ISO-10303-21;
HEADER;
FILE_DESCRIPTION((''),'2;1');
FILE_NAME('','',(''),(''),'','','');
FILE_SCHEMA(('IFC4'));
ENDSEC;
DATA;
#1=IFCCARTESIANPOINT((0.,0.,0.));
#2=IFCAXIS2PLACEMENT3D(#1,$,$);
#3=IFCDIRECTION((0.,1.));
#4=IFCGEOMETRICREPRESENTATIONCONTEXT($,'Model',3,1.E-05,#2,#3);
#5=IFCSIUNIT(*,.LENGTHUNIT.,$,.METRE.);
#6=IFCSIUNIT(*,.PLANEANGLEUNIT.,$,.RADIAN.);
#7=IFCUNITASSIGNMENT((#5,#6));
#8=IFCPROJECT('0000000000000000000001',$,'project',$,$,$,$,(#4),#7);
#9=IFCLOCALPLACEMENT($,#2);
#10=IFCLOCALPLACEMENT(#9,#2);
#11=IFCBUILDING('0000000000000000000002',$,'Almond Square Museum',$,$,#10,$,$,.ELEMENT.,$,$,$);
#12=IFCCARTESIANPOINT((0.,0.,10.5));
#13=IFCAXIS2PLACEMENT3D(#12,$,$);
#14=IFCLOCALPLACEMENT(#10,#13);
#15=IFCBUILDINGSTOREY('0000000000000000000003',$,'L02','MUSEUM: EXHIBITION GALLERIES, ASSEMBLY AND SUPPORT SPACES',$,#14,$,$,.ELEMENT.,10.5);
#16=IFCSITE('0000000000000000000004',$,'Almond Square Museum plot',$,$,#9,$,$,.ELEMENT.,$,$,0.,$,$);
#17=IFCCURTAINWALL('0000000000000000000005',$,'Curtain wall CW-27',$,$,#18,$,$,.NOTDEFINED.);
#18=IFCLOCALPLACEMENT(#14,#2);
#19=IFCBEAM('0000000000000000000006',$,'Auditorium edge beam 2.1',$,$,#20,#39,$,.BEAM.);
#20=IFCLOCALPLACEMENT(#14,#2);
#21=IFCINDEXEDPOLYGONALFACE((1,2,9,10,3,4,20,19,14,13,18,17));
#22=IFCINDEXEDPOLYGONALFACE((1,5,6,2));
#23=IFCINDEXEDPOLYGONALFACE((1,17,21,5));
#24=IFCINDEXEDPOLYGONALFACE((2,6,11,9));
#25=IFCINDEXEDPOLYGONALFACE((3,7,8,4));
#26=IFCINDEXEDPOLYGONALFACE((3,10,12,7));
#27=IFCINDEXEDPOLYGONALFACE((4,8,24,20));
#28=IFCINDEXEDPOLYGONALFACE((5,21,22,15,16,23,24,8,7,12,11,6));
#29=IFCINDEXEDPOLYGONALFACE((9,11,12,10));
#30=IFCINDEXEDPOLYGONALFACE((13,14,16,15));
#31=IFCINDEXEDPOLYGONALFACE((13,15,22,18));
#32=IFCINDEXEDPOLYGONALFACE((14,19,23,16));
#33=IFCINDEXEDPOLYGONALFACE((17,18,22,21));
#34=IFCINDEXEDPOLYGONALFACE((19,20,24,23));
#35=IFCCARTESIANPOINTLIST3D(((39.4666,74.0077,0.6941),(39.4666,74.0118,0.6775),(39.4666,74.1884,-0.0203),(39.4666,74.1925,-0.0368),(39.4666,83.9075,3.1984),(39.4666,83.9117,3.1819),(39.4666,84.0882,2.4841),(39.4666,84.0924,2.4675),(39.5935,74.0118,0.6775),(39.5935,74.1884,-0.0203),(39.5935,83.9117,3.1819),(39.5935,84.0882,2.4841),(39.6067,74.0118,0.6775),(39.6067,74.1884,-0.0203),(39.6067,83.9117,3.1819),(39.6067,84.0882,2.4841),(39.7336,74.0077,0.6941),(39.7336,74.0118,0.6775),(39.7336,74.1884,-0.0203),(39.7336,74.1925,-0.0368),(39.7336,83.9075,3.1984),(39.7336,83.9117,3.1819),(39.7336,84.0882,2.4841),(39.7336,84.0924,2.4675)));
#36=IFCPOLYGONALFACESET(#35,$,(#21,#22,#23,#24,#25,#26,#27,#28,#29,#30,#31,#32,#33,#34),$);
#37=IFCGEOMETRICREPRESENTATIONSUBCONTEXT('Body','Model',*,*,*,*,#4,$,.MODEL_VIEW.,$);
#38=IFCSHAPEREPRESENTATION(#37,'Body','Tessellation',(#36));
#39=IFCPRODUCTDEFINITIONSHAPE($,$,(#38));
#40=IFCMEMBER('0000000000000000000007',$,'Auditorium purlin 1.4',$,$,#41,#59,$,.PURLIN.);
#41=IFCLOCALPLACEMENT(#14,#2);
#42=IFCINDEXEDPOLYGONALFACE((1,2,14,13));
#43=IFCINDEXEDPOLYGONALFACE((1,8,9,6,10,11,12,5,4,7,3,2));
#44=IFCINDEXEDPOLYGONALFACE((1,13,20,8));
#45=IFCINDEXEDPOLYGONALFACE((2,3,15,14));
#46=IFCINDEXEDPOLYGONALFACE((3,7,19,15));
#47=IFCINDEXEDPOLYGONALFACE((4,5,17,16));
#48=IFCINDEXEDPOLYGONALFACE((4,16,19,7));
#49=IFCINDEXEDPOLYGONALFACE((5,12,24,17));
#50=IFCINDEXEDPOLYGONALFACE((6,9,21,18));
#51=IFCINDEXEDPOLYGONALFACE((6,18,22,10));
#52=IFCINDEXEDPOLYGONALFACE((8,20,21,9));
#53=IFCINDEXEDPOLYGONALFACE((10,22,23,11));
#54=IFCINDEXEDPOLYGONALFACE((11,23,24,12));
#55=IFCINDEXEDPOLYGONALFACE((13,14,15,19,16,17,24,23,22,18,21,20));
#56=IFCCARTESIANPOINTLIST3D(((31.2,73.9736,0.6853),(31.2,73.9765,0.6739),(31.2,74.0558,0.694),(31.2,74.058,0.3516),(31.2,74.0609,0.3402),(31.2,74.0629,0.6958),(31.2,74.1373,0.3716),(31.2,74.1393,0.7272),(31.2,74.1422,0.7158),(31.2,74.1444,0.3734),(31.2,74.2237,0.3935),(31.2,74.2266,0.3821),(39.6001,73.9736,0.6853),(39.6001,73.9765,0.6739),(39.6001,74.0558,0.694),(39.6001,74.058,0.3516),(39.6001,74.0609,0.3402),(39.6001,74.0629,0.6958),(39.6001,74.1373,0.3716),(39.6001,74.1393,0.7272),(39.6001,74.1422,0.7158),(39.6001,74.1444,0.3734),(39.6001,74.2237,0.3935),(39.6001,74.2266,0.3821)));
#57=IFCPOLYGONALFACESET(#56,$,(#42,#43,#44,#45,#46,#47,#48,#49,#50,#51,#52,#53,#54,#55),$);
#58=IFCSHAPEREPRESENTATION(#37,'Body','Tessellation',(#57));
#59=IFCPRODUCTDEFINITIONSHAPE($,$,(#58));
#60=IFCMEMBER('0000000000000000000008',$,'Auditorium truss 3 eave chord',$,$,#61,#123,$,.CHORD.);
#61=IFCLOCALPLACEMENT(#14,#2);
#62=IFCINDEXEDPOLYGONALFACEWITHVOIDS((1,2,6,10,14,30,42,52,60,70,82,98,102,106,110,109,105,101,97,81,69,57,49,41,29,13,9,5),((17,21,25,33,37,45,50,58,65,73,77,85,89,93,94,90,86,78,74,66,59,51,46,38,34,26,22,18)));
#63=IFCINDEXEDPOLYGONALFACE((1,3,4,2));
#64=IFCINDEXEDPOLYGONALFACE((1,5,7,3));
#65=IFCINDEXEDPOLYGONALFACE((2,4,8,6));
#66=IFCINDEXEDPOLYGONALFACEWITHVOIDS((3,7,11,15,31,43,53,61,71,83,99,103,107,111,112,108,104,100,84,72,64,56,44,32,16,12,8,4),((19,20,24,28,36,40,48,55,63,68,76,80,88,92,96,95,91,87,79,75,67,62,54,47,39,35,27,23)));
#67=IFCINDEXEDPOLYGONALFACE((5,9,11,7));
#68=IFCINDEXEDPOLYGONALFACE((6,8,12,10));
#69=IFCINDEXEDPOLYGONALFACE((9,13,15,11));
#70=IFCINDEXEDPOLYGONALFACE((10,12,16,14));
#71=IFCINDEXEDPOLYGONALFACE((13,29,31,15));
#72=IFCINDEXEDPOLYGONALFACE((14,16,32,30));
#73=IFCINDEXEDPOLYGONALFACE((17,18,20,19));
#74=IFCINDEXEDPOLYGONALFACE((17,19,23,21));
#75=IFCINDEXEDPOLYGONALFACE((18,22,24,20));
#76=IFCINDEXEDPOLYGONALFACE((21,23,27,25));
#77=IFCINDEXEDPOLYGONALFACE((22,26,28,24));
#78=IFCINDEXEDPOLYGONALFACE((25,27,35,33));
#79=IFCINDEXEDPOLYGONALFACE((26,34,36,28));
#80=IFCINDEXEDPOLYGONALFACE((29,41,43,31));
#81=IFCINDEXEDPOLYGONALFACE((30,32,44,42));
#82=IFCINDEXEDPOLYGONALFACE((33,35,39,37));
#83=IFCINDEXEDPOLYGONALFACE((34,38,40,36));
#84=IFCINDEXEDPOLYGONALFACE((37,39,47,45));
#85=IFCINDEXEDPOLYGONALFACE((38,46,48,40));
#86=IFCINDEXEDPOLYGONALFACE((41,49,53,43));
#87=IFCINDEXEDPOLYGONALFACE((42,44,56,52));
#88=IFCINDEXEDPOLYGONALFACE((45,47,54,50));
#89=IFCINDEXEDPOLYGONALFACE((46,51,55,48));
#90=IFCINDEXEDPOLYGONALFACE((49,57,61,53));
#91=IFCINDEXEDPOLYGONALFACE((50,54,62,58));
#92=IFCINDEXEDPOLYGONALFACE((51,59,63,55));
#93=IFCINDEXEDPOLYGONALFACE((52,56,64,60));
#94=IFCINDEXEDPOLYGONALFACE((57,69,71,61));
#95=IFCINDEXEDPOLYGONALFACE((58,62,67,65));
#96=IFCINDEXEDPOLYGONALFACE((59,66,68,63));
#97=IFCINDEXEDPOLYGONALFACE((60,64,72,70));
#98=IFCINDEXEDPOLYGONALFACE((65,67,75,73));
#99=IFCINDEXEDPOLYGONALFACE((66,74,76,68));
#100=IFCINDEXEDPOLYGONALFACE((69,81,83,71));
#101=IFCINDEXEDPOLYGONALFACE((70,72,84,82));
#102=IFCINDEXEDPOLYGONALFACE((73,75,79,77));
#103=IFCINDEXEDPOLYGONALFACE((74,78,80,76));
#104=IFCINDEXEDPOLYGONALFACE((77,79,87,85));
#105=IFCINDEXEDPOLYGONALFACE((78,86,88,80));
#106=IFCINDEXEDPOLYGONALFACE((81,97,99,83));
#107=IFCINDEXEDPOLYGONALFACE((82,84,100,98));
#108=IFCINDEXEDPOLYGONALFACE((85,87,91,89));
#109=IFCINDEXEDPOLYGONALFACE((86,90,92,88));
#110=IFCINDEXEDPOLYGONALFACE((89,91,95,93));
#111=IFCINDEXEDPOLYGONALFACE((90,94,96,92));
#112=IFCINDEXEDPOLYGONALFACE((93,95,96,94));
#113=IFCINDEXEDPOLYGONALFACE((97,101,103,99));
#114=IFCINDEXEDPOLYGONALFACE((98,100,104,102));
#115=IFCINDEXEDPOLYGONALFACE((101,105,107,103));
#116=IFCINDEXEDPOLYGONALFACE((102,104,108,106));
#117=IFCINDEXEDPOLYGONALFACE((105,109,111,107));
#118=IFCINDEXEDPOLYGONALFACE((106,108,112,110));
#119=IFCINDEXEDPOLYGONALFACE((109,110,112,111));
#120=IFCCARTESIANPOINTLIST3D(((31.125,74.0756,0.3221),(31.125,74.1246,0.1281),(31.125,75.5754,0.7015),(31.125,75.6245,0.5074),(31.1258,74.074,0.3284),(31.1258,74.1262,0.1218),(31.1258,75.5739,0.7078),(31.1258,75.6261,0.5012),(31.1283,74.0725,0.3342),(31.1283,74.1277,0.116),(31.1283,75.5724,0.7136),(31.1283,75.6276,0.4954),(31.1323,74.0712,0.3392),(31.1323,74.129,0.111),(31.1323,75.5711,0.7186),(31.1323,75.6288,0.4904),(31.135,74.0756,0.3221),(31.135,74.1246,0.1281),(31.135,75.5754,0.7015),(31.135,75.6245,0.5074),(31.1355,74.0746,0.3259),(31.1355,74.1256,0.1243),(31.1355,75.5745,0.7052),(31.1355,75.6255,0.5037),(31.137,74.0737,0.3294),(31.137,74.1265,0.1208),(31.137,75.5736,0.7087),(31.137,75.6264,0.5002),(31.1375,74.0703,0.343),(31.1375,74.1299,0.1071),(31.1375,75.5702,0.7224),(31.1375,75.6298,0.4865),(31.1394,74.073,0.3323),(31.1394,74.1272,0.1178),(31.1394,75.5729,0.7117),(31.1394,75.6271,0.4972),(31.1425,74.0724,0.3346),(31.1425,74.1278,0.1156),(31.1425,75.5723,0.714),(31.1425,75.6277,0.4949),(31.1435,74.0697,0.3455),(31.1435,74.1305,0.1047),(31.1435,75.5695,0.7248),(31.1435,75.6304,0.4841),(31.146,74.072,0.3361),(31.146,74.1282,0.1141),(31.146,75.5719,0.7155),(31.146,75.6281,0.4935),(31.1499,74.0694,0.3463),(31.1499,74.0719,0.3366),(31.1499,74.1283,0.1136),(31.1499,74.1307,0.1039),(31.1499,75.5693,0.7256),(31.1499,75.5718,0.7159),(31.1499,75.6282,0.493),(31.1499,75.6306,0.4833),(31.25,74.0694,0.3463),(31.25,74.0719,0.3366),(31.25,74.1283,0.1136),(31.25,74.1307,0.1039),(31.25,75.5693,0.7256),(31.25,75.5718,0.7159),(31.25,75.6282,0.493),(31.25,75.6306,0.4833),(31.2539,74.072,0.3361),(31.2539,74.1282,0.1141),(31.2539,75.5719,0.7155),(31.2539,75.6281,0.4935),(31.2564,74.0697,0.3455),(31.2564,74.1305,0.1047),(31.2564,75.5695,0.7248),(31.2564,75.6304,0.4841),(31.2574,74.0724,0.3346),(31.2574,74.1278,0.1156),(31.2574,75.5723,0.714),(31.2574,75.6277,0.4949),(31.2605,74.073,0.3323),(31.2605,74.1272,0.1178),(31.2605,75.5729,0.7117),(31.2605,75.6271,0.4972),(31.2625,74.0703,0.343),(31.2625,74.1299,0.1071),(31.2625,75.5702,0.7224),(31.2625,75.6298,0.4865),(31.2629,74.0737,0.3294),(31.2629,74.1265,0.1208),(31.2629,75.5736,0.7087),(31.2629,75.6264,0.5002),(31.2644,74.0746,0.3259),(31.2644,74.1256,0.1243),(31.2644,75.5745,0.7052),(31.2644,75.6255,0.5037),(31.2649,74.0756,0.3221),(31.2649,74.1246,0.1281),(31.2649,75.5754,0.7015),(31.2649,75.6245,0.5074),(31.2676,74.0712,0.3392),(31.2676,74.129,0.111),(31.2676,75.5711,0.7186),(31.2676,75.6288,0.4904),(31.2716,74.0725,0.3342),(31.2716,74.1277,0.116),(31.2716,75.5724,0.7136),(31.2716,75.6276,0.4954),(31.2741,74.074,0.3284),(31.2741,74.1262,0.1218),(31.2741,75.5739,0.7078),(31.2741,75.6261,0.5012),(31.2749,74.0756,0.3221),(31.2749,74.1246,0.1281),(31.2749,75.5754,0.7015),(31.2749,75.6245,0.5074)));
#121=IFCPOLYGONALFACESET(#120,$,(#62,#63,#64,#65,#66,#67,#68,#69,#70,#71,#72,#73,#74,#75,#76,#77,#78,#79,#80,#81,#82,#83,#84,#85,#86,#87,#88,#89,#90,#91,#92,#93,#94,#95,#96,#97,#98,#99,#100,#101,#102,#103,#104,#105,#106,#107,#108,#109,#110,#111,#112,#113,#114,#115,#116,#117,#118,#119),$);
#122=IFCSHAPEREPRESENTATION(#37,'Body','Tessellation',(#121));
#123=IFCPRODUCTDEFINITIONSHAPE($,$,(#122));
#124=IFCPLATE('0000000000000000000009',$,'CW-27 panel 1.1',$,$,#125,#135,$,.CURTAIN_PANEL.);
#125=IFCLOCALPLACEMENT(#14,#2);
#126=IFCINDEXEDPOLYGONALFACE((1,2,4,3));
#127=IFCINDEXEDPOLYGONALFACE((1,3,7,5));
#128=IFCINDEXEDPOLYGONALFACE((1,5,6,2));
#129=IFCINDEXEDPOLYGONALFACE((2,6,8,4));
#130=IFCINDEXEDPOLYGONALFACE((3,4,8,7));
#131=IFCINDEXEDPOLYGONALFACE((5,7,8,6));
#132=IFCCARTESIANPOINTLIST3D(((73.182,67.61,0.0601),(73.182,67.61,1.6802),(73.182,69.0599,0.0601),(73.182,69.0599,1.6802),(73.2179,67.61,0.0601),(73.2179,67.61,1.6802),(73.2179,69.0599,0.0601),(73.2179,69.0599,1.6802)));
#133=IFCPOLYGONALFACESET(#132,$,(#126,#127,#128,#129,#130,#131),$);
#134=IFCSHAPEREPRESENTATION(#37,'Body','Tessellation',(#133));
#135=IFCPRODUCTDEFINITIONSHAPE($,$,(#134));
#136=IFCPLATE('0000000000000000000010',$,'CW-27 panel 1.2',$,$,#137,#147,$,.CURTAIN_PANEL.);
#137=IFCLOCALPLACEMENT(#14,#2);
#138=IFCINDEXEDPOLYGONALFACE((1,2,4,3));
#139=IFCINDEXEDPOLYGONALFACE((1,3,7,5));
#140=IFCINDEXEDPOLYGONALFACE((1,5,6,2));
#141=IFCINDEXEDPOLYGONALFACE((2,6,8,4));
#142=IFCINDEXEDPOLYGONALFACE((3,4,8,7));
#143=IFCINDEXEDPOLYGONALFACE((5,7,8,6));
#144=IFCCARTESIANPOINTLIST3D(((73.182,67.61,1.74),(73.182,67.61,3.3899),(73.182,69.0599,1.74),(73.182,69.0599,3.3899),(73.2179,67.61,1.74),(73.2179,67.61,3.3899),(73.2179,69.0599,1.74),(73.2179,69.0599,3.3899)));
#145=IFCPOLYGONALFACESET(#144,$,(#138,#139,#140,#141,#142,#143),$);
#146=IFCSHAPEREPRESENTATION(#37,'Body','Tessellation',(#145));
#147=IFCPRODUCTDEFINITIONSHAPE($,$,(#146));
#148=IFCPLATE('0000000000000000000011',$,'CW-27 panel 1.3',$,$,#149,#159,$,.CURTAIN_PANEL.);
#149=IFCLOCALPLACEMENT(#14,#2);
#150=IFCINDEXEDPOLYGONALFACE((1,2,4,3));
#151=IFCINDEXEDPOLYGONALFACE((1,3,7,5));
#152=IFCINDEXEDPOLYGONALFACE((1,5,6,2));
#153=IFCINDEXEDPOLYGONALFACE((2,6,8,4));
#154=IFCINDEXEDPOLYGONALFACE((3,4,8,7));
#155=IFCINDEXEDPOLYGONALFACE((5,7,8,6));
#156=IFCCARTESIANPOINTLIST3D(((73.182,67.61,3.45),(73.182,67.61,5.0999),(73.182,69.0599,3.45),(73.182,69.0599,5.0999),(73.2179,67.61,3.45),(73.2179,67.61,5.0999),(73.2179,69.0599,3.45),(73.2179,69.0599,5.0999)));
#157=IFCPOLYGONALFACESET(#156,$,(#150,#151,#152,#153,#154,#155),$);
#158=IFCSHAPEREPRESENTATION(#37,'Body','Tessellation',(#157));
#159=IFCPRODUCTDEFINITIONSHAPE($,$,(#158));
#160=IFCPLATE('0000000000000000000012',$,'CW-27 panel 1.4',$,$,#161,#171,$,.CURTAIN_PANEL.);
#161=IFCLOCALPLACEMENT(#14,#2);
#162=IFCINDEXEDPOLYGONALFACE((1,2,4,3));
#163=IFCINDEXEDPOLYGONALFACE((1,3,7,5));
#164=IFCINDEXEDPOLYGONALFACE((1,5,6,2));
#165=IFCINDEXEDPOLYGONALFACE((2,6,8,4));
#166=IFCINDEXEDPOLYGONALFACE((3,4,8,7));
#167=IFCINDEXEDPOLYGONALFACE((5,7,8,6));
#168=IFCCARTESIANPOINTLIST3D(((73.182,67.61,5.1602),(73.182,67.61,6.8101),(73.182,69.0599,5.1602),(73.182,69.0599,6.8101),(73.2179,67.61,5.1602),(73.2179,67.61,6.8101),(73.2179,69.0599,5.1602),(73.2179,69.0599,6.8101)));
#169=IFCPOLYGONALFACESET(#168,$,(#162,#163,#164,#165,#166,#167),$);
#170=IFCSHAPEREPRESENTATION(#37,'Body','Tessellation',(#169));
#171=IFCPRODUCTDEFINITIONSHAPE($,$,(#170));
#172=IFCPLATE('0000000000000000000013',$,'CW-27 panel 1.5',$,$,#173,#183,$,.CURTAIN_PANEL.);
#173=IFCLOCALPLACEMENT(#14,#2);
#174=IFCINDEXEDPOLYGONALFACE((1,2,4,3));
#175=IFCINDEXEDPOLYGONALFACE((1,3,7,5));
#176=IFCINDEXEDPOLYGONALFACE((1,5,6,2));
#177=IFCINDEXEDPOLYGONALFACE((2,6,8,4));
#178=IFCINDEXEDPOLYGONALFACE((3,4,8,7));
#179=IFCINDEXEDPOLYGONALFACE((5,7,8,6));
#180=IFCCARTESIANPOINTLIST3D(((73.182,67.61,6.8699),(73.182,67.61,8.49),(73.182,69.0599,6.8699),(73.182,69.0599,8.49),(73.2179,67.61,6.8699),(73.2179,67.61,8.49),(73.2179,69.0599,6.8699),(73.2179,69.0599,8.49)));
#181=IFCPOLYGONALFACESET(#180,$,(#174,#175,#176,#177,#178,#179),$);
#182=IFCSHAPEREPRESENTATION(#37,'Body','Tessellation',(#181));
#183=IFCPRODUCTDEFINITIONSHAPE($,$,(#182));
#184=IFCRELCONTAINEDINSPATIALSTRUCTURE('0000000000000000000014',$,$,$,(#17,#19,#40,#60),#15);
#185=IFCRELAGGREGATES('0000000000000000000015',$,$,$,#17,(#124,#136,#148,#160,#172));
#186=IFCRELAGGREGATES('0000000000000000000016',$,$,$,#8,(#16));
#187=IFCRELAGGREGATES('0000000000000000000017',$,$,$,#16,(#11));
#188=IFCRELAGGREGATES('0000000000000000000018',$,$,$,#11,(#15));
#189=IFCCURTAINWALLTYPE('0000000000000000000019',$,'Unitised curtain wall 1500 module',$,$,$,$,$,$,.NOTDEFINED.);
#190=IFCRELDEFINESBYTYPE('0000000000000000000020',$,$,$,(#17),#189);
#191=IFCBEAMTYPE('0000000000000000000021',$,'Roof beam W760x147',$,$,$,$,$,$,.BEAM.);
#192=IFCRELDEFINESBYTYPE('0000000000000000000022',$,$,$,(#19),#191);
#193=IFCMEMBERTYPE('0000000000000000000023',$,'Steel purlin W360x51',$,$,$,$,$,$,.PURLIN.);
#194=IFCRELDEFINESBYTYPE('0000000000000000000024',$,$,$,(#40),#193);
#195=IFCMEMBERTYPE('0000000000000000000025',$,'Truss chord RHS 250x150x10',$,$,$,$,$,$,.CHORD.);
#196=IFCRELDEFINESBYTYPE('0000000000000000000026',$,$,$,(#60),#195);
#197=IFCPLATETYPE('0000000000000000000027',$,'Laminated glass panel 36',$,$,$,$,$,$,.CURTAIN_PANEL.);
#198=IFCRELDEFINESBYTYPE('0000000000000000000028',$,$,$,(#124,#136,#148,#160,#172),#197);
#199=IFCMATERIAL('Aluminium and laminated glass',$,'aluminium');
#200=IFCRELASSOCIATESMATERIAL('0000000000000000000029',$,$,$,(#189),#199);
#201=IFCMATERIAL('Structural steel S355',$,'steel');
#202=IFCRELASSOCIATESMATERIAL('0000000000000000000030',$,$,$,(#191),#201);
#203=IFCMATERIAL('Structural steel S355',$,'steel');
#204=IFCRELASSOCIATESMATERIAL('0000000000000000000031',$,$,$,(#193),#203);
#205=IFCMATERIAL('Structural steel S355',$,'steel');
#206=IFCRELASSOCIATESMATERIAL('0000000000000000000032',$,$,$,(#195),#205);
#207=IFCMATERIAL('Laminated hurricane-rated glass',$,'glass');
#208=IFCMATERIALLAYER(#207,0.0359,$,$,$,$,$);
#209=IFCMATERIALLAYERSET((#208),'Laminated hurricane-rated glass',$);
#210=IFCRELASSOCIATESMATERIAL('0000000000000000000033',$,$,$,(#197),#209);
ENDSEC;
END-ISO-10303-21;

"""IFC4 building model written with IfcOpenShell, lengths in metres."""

from ifc_helpers import new_model, si_unit, direction, frame, origin, origin_2d, place, context, subcontext, project, spatial, rectangle, hollow_rectangle, i_section, extrude, material, layer, layer_set, material_profile, profile_set, type_object, element, aggregate, save


model = new_model("IFC4")

# Units and contexts
model_context = context("Model", 3, precision=1e-05, world=origin(), true_north=direction((0.0, 1.0)))
body_context = subcontext(model_context, "Body", "Model", "MODEL_VIEW")
ifc_project = project(units=[si_unit("LENGTHUNIT", "METRE"), si_unit("PLANEANGLEUNIT", "RADIAN")], contexts=[model_context])

# Site, building, storey
site_placement = place(None, origin())
site = spatial("IfcSite", under=ifc_project, at=site_placement, Name="Almond Square Museum plot", CompositionType="ELEMENT", RefElevation=0.0)
building_placement = place(site_placement, origin())
building = spatial("IfcBuilding", under=site, at=building_placement, Name="Almond Square Museum", CompositionType="ELEMENT")
storey_placement = place(building_placement, frame((0.0, 0.0, 10.5)))
storey = spatial("IfcBuildingStorey", under=building, at=storey_placement, Name="L02", Description="MUSEUM: EXHIBITION GALLERIES, ASSEMBLY AND SUPPORT SPACES", CompositionType="ELEMENT", Elevation=10.5)

# Curtain wall
ifc_material_1 = material(Name="Aluminium and laminated glass", Category="aluminium")
curtain_wall_type = type_object("IfcCurtainWallType", Name="Unitised curtain wall 1500 module", PredefinedType="NOTDEFINED", material=ifc_material_1)
curtain_wall_placement = place(storey_placement, origin())
curtain_wall = element("IfcCurtainWall", 1, at=curtain_wall_placement, inside=storey, type_object=curtain_wall_type, Name="Curtain wall CW-27", PredefinedType="NOTDEFINED")

# Beam
ifc_material_2 = material(Name="Structural steel S355", Category="steel")
ifc_material_profile_1 = material_profile(ifc_material_2, i_section(OverallWidth=0.2671, OverallDepth=0.7539, WebThickness=0.0132, FlangeThickness=0.0171, at=origin_2d()))
ifc_profile_set_1 = profile_set([ifc_material_profile_1], Name="Structural steel S355")
beam_type = type_object("IfcBeamType", Name="Roof beam W760x147", PredefinedType="BEAM", material=ifc_profile_set_1)
beam_placement = place(storey_placement, frame((39.6001, 74.1001, 0.3286), z_axis=(0.0, 0.969461, 0.245246), x_axis=(-1.0, 0.0, 0.0)))
element("IfcBeam", 2, at=beam_placement, inside=storey, type_object=beam_type, Name="Auditorium edge beam 2.1", PredefinedType="BEAM", context=body_context, shape_type="SweptSolid", body=[
    extrude(i_section(OverallWidth=0.2671, OverallDepth=0.7539, WebThickness=0.0132, FlangeThickness=0.0171, at=origin_2d()), origin(), (0.0, 0.0, 1.0), 10.2117),
])

# Members
ifc_material_3 = material(Name="Structural steel S355", Category="steel")
ifc_material_profile_2 = material_profile(ifc_material_3, i_section(OverallWidth=0.1709, OverallDepth=0.356, WebThickness=0.0073, FlangeThickness=0.0117, at=origin_2d()))
ifc_profile_set_2 = profile_set([ifc_material_profile_2], Name="Structural steel S355")
member_type_1 = type_object("IfcMemberType", Name="Steel purlin W360x51", PredefinedType="PURLIN", material=ifc_profile_set_2)
member_1_placement = place(storey_placement, frame((31.2, 74.1001, 0.5337), z_axis=(1.0, 0.0, 0.0), x_axis=(0.0, 0.96946, 0.24525)))
element("IfcMember", 3, at=member_1_placement, inside=storey, type_object=member_type_1, Name="Auditorium purlin 1.4", PredefinedType="PURLIN", context=body_context, shape_type="SweptSolid", body=[
    extrude(i_section(OverallWidth=0.1709, OverallDepth=0.356, WebThickness=0.0073, FlangeThickness=0.0117, at=origin_2d()), origin(), (0.0, 0.0, 1.0), 8.4001),
])
ifc_material_4 = material(Name="Structural steel S355", Category="steel")
ifc_material_profile_3 = material_profile(ifc_material_4, hollow_rectangle(XDim=0.1499, YDim=0.25, WallThickness=0.01, InnerFilletRadius=0.0149, OuterFilletRadius=0.0249, at=origin_2d()))
ifc_profile_set_3 = profile_set([ifc_material_profile_3], Name="Structural steel S355")
member_type_2 = type_object("IfcMemberType", Name="Truss chord RHS 250x150x10", PredefinedType="CHORD", material=ifc_profile_set_3)
member_2_placement = place(storey_placement, frame((31.2, 74.1001, 0.2251), z_axis=(0.0, 0.969471, 0.245208), x_axis=(-1.0, 0.0, 0.0)))
element("IfcMember", 4, at=member_2_placement, inside=storey, type_object=member_type_2, Name="Auditorium truss 3 eave chord", PredefinedType="CHORD", context=body_context, shape_type="SweptSolid", body=[
    extrude(hollow_rectangle(XDim=0.1499, YDim=0.25, WallThickness=0.01, InnerFilletRadius=0.0149, OuterFilletRadius=0.0249, at=origin_2d()), origin(), (0.0, 0.0, 1.0), 1.5471),
])

# Plates
ifc_material_5 = material(Name="Laminated hurricane-rated glass", Category="glass")
ifc_layer = layer(ifc_material_5, 0.0359)
ifc_layer_set = layer_set([ifc_layer], Name="Laminated hurricane-rated glass")
plate_type = type_object("IfcPlateType", Name="Laminated glass panel 36", PredefinedType="CURTAIN_PANEL", material=ifc_layer_set)
plate_1_placement = place(storey_placement, frame((73.2, 68.335, 0.0601), z_axis=(0.0, 0.0, 1.0), x_axis=(0.0, 1.0, 0.0)))
plate_1 = element("IfcPlate", 5, at=plate_1_placement, type_object=plate_type, Name="CW-27 panel 1.1", PredefinedType="CURTAIN_PANEL", context=body_context, shape_type="SweptSolid", body=[
    extrude(rectangle(XDim=1.45, YDim=0.0359, at=origin_2d()), origin(), (0.0, 0.0, 1.0), 1.6201),
])
plate_2_placement = place(storey_placement, frame((73.2, 68.335, 1.74), z_axis=(0.0, 0.0, 1.0), x_axis=(0.0, 1.0, 0.0)))
plate_2 = element("IfcPlate", 6, at=plate_2_placement, type_object=plate_type, Name="CW-27 panel 1.2", PredefinedType="CURTAIN_PANEL", context=body_context, shape_type="SweptSolid", body=[
    extrude(rectangle(XDim=1.45, YDim=0.0359, at=origin_2d()), origin(), (0.0, 0.0, 1.0), 1.6499),
])
plate_3_placement = place(storey_placement, frame((73.2, 68.335, 3.45), z_axis=(0.0, 0.0, 1.0), x_axis=(0.0, 1.0, 0.0)))
plate_3 = element("IfcPlate", 7, at=plate_3_placement, type_object=plate_type, Name="CW-27 panel 1.3", PredefinedType="CURTAIN_PANEL", context=body_context, shape_type="SweptSolid", body=[
    extrude(rectangle(XDim=1.45, YDim=0.0359, at=origin_2d()), origin(), (0.0, 0.0, 1.0), 1.6499),
])
plate_4_placement = place(storey_placement, frame((73.2, 68.335, 5.1602), z_axis=(0.0, 0.0, 1.0), x_axis=(0.0, 1.0, 0.0)))
plate_4 = element("IfcPlate", 8, at=plate_4_placement, type_object=plate_type, Name="CW-27 panel 1.4", PredefinedType="CURTAIN_PANEL", context=body_context, shape_type="SweptSolid", body=[
    extrude(rectangle(XDim=1.45, YDim=0.0359, at=origin_2d()), origin(), (0.0, 0.0, 1.0), 1.6499),
])
plate_5_placement = place(storey_placement, frame((73.2, 68.335, 6.8699), z_axis=(0.0, 0.0, 1.0), x_axis=(0.0, 1.0, 0.0)))
plate_5 = element("IfcPlate", 9, at=plate_5_placement, type_object=plate_type, Name="CW-27 panel 1.5", PredefinedType="CURTAIN_PANEL", context=body_context, shape_type="SweptSolid", body=[
    extrude(rectangle(XDim=1.45, YDim=0.0359, at=origin_2d()), origin(), (0.0, 0.0, 1.0), 1.6201),
])
aggregate(curtain_wall, [plate_1, plate_2, plate_3, plate_4, plate_5])

save(model, "model.ifc")
